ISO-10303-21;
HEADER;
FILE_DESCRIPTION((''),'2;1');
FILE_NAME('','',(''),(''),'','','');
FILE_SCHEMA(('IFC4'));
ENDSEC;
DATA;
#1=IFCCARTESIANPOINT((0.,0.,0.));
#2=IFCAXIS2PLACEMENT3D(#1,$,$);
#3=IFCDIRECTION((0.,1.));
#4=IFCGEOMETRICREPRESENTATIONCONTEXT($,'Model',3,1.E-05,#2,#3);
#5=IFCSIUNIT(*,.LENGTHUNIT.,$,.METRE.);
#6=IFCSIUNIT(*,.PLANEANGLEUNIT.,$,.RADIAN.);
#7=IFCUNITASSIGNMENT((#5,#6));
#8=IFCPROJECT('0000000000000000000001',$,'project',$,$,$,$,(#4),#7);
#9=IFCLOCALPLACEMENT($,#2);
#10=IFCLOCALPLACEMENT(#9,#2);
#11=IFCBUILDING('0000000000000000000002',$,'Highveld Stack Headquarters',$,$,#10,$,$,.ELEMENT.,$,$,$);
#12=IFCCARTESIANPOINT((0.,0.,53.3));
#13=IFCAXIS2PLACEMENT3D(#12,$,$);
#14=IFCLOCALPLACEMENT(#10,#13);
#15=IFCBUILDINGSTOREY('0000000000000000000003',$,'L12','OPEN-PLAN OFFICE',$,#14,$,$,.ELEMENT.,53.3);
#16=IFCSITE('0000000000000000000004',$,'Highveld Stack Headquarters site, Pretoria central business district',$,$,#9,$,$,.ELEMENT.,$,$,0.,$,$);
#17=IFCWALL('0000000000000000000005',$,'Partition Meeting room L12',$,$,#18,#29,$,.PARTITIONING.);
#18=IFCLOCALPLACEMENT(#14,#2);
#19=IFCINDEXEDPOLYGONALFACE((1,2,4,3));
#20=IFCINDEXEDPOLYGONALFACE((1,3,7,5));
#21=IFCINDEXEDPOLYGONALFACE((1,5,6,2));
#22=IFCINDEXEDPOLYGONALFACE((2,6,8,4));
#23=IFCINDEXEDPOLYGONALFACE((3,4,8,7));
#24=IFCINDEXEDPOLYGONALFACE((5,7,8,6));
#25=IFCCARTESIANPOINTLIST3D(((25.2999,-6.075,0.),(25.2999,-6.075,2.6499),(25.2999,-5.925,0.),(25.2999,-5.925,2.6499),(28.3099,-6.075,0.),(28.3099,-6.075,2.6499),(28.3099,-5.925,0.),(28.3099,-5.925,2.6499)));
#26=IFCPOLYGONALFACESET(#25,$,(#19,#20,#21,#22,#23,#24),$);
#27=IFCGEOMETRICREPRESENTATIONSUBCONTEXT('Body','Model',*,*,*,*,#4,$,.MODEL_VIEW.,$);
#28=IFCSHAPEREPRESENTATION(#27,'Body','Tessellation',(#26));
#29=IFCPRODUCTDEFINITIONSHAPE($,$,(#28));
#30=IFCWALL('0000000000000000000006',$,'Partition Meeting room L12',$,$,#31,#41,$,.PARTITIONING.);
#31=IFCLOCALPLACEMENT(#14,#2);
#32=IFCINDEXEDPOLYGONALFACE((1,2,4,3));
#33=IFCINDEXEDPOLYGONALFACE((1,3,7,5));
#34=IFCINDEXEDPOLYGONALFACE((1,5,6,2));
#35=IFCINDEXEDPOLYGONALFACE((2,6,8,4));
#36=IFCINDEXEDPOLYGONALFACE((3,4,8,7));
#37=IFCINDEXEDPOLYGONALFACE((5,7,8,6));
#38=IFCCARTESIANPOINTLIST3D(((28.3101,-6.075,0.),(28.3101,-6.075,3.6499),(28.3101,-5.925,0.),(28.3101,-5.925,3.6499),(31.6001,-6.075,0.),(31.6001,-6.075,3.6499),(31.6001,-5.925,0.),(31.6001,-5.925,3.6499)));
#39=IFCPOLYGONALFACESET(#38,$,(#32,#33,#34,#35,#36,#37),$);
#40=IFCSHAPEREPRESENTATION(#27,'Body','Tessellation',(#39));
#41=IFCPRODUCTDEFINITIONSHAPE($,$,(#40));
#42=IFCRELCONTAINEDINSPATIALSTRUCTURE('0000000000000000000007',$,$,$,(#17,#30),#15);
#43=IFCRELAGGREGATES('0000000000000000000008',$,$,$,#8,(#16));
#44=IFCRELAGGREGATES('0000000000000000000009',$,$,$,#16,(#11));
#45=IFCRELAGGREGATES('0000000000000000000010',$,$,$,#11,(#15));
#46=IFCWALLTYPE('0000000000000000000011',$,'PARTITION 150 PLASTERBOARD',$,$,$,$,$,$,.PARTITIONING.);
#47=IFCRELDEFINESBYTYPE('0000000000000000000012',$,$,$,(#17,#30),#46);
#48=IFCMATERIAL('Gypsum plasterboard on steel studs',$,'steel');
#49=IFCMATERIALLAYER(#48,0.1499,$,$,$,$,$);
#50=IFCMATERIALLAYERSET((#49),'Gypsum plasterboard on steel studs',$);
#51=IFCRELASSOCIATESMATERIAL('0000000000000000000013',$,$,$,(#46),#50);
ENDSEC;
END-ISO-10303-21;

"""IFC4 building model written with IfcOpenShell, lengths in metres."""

from ifc_helpers import new_model, si_unit, direction, frame, frame_2d, origin, place, context, subcontext, project, spatial, rectangle, extrude, material, layer, layer_set, type_object, element, save


model = new_model("IFC4")

# Units and contexts
model_context = context("Model", 3, precision=1e-05, world=origin(), true_north=direction((0.0, 1.0)))
body_context = subcontext(model_context, "Body", "Model", "MODEL_VIEW")
ifc_project = project(units=[si_unit("LENGTHUNIT", "METRE"), si_unit("PLANEANGLEUNIT", "RADIAN")], contexts=[model_context])

# Site, building, storey
site_placement = place(None, origin())
site = spatial("IfcSite", under=ifc_project, at=site_placement, Name="Highveld Stack Headquarters site, Pretoria central business district", CompositionType="ELEMENT", RefElevation=0.0)
building_placement = place(site_placement, origin())
building = spatial("IfcBuilding", under=site, at=building_placement, Name="Highveld Stack Headquarters", CompositionType="ELEMENT")
storey_placement = place(building_placement, frame((0.0, 0.0, 53.3)))
storey = spatial("IfcBuildingStorey", under=building, at=storey_placement, Name="L12", Description="OPEN-PLAN OFFICE", CompositionType="ELEMENT", Elevation=53.3)

# Walls
ifc_material_1 = material(Name="Gypsum plasterboard on steel studs", Category="steel")
ifc_layer_1 = layer(ifc_material_1, 0.1499)
ifc_layer_set_1 = layer_set([ifc_layer_1], Name="Gypsum plasterboard on steel studs")
wall_type_1 = type_object("IfcWallType", Name="PARTITION 150 PLASTERBOARD", PredefinedType="PARTITIONING", material=ifc_layer_set_1)
wall_1_placement = place(storey_placement, frame((25.3, -6.0, 0.0), z_axis=(0.0, 0.0, 1.0), x_axis=(1.0, 0.0, 0.0)))
element("IfcWall", 1, at=wall_1_placement, inside=storey, type_object=wall_type_1, Name="Partition Meeting room L12", PredefinedType="PARTITIONING", context=body_context, shape_type="SweptSolid", body=[
    extrude(rectangle(XDim=3.01, YDim=0.1499, at=frame_2d((1.5049, 0.0))), origin(), (0.0, 0.0, 1.0), 2.6499),
])
wall_2_placement = place(storey_placement, frame((28.3101, -6.0, 0.0), z_axis=(0.0, 0.0, 1.0), x_axis=(1.0, 0.0, 0.0)))
element("IfcWall", 2, at=wall_2_placement, inside=storey, type_object=wall_type_1, Name="Partition Meeting room L12", PredefinedType="PARTITIONING", context=body_context, shape_type="SweptSolid", body=[
    extrude(rectangle(XDim=3.29, YDim=0.1499, at=frame_2d((1.645, 0.0))), origin(), (0.0, 0.0, 1.0), 3.6499),
])

save(model, "model.ifc")
